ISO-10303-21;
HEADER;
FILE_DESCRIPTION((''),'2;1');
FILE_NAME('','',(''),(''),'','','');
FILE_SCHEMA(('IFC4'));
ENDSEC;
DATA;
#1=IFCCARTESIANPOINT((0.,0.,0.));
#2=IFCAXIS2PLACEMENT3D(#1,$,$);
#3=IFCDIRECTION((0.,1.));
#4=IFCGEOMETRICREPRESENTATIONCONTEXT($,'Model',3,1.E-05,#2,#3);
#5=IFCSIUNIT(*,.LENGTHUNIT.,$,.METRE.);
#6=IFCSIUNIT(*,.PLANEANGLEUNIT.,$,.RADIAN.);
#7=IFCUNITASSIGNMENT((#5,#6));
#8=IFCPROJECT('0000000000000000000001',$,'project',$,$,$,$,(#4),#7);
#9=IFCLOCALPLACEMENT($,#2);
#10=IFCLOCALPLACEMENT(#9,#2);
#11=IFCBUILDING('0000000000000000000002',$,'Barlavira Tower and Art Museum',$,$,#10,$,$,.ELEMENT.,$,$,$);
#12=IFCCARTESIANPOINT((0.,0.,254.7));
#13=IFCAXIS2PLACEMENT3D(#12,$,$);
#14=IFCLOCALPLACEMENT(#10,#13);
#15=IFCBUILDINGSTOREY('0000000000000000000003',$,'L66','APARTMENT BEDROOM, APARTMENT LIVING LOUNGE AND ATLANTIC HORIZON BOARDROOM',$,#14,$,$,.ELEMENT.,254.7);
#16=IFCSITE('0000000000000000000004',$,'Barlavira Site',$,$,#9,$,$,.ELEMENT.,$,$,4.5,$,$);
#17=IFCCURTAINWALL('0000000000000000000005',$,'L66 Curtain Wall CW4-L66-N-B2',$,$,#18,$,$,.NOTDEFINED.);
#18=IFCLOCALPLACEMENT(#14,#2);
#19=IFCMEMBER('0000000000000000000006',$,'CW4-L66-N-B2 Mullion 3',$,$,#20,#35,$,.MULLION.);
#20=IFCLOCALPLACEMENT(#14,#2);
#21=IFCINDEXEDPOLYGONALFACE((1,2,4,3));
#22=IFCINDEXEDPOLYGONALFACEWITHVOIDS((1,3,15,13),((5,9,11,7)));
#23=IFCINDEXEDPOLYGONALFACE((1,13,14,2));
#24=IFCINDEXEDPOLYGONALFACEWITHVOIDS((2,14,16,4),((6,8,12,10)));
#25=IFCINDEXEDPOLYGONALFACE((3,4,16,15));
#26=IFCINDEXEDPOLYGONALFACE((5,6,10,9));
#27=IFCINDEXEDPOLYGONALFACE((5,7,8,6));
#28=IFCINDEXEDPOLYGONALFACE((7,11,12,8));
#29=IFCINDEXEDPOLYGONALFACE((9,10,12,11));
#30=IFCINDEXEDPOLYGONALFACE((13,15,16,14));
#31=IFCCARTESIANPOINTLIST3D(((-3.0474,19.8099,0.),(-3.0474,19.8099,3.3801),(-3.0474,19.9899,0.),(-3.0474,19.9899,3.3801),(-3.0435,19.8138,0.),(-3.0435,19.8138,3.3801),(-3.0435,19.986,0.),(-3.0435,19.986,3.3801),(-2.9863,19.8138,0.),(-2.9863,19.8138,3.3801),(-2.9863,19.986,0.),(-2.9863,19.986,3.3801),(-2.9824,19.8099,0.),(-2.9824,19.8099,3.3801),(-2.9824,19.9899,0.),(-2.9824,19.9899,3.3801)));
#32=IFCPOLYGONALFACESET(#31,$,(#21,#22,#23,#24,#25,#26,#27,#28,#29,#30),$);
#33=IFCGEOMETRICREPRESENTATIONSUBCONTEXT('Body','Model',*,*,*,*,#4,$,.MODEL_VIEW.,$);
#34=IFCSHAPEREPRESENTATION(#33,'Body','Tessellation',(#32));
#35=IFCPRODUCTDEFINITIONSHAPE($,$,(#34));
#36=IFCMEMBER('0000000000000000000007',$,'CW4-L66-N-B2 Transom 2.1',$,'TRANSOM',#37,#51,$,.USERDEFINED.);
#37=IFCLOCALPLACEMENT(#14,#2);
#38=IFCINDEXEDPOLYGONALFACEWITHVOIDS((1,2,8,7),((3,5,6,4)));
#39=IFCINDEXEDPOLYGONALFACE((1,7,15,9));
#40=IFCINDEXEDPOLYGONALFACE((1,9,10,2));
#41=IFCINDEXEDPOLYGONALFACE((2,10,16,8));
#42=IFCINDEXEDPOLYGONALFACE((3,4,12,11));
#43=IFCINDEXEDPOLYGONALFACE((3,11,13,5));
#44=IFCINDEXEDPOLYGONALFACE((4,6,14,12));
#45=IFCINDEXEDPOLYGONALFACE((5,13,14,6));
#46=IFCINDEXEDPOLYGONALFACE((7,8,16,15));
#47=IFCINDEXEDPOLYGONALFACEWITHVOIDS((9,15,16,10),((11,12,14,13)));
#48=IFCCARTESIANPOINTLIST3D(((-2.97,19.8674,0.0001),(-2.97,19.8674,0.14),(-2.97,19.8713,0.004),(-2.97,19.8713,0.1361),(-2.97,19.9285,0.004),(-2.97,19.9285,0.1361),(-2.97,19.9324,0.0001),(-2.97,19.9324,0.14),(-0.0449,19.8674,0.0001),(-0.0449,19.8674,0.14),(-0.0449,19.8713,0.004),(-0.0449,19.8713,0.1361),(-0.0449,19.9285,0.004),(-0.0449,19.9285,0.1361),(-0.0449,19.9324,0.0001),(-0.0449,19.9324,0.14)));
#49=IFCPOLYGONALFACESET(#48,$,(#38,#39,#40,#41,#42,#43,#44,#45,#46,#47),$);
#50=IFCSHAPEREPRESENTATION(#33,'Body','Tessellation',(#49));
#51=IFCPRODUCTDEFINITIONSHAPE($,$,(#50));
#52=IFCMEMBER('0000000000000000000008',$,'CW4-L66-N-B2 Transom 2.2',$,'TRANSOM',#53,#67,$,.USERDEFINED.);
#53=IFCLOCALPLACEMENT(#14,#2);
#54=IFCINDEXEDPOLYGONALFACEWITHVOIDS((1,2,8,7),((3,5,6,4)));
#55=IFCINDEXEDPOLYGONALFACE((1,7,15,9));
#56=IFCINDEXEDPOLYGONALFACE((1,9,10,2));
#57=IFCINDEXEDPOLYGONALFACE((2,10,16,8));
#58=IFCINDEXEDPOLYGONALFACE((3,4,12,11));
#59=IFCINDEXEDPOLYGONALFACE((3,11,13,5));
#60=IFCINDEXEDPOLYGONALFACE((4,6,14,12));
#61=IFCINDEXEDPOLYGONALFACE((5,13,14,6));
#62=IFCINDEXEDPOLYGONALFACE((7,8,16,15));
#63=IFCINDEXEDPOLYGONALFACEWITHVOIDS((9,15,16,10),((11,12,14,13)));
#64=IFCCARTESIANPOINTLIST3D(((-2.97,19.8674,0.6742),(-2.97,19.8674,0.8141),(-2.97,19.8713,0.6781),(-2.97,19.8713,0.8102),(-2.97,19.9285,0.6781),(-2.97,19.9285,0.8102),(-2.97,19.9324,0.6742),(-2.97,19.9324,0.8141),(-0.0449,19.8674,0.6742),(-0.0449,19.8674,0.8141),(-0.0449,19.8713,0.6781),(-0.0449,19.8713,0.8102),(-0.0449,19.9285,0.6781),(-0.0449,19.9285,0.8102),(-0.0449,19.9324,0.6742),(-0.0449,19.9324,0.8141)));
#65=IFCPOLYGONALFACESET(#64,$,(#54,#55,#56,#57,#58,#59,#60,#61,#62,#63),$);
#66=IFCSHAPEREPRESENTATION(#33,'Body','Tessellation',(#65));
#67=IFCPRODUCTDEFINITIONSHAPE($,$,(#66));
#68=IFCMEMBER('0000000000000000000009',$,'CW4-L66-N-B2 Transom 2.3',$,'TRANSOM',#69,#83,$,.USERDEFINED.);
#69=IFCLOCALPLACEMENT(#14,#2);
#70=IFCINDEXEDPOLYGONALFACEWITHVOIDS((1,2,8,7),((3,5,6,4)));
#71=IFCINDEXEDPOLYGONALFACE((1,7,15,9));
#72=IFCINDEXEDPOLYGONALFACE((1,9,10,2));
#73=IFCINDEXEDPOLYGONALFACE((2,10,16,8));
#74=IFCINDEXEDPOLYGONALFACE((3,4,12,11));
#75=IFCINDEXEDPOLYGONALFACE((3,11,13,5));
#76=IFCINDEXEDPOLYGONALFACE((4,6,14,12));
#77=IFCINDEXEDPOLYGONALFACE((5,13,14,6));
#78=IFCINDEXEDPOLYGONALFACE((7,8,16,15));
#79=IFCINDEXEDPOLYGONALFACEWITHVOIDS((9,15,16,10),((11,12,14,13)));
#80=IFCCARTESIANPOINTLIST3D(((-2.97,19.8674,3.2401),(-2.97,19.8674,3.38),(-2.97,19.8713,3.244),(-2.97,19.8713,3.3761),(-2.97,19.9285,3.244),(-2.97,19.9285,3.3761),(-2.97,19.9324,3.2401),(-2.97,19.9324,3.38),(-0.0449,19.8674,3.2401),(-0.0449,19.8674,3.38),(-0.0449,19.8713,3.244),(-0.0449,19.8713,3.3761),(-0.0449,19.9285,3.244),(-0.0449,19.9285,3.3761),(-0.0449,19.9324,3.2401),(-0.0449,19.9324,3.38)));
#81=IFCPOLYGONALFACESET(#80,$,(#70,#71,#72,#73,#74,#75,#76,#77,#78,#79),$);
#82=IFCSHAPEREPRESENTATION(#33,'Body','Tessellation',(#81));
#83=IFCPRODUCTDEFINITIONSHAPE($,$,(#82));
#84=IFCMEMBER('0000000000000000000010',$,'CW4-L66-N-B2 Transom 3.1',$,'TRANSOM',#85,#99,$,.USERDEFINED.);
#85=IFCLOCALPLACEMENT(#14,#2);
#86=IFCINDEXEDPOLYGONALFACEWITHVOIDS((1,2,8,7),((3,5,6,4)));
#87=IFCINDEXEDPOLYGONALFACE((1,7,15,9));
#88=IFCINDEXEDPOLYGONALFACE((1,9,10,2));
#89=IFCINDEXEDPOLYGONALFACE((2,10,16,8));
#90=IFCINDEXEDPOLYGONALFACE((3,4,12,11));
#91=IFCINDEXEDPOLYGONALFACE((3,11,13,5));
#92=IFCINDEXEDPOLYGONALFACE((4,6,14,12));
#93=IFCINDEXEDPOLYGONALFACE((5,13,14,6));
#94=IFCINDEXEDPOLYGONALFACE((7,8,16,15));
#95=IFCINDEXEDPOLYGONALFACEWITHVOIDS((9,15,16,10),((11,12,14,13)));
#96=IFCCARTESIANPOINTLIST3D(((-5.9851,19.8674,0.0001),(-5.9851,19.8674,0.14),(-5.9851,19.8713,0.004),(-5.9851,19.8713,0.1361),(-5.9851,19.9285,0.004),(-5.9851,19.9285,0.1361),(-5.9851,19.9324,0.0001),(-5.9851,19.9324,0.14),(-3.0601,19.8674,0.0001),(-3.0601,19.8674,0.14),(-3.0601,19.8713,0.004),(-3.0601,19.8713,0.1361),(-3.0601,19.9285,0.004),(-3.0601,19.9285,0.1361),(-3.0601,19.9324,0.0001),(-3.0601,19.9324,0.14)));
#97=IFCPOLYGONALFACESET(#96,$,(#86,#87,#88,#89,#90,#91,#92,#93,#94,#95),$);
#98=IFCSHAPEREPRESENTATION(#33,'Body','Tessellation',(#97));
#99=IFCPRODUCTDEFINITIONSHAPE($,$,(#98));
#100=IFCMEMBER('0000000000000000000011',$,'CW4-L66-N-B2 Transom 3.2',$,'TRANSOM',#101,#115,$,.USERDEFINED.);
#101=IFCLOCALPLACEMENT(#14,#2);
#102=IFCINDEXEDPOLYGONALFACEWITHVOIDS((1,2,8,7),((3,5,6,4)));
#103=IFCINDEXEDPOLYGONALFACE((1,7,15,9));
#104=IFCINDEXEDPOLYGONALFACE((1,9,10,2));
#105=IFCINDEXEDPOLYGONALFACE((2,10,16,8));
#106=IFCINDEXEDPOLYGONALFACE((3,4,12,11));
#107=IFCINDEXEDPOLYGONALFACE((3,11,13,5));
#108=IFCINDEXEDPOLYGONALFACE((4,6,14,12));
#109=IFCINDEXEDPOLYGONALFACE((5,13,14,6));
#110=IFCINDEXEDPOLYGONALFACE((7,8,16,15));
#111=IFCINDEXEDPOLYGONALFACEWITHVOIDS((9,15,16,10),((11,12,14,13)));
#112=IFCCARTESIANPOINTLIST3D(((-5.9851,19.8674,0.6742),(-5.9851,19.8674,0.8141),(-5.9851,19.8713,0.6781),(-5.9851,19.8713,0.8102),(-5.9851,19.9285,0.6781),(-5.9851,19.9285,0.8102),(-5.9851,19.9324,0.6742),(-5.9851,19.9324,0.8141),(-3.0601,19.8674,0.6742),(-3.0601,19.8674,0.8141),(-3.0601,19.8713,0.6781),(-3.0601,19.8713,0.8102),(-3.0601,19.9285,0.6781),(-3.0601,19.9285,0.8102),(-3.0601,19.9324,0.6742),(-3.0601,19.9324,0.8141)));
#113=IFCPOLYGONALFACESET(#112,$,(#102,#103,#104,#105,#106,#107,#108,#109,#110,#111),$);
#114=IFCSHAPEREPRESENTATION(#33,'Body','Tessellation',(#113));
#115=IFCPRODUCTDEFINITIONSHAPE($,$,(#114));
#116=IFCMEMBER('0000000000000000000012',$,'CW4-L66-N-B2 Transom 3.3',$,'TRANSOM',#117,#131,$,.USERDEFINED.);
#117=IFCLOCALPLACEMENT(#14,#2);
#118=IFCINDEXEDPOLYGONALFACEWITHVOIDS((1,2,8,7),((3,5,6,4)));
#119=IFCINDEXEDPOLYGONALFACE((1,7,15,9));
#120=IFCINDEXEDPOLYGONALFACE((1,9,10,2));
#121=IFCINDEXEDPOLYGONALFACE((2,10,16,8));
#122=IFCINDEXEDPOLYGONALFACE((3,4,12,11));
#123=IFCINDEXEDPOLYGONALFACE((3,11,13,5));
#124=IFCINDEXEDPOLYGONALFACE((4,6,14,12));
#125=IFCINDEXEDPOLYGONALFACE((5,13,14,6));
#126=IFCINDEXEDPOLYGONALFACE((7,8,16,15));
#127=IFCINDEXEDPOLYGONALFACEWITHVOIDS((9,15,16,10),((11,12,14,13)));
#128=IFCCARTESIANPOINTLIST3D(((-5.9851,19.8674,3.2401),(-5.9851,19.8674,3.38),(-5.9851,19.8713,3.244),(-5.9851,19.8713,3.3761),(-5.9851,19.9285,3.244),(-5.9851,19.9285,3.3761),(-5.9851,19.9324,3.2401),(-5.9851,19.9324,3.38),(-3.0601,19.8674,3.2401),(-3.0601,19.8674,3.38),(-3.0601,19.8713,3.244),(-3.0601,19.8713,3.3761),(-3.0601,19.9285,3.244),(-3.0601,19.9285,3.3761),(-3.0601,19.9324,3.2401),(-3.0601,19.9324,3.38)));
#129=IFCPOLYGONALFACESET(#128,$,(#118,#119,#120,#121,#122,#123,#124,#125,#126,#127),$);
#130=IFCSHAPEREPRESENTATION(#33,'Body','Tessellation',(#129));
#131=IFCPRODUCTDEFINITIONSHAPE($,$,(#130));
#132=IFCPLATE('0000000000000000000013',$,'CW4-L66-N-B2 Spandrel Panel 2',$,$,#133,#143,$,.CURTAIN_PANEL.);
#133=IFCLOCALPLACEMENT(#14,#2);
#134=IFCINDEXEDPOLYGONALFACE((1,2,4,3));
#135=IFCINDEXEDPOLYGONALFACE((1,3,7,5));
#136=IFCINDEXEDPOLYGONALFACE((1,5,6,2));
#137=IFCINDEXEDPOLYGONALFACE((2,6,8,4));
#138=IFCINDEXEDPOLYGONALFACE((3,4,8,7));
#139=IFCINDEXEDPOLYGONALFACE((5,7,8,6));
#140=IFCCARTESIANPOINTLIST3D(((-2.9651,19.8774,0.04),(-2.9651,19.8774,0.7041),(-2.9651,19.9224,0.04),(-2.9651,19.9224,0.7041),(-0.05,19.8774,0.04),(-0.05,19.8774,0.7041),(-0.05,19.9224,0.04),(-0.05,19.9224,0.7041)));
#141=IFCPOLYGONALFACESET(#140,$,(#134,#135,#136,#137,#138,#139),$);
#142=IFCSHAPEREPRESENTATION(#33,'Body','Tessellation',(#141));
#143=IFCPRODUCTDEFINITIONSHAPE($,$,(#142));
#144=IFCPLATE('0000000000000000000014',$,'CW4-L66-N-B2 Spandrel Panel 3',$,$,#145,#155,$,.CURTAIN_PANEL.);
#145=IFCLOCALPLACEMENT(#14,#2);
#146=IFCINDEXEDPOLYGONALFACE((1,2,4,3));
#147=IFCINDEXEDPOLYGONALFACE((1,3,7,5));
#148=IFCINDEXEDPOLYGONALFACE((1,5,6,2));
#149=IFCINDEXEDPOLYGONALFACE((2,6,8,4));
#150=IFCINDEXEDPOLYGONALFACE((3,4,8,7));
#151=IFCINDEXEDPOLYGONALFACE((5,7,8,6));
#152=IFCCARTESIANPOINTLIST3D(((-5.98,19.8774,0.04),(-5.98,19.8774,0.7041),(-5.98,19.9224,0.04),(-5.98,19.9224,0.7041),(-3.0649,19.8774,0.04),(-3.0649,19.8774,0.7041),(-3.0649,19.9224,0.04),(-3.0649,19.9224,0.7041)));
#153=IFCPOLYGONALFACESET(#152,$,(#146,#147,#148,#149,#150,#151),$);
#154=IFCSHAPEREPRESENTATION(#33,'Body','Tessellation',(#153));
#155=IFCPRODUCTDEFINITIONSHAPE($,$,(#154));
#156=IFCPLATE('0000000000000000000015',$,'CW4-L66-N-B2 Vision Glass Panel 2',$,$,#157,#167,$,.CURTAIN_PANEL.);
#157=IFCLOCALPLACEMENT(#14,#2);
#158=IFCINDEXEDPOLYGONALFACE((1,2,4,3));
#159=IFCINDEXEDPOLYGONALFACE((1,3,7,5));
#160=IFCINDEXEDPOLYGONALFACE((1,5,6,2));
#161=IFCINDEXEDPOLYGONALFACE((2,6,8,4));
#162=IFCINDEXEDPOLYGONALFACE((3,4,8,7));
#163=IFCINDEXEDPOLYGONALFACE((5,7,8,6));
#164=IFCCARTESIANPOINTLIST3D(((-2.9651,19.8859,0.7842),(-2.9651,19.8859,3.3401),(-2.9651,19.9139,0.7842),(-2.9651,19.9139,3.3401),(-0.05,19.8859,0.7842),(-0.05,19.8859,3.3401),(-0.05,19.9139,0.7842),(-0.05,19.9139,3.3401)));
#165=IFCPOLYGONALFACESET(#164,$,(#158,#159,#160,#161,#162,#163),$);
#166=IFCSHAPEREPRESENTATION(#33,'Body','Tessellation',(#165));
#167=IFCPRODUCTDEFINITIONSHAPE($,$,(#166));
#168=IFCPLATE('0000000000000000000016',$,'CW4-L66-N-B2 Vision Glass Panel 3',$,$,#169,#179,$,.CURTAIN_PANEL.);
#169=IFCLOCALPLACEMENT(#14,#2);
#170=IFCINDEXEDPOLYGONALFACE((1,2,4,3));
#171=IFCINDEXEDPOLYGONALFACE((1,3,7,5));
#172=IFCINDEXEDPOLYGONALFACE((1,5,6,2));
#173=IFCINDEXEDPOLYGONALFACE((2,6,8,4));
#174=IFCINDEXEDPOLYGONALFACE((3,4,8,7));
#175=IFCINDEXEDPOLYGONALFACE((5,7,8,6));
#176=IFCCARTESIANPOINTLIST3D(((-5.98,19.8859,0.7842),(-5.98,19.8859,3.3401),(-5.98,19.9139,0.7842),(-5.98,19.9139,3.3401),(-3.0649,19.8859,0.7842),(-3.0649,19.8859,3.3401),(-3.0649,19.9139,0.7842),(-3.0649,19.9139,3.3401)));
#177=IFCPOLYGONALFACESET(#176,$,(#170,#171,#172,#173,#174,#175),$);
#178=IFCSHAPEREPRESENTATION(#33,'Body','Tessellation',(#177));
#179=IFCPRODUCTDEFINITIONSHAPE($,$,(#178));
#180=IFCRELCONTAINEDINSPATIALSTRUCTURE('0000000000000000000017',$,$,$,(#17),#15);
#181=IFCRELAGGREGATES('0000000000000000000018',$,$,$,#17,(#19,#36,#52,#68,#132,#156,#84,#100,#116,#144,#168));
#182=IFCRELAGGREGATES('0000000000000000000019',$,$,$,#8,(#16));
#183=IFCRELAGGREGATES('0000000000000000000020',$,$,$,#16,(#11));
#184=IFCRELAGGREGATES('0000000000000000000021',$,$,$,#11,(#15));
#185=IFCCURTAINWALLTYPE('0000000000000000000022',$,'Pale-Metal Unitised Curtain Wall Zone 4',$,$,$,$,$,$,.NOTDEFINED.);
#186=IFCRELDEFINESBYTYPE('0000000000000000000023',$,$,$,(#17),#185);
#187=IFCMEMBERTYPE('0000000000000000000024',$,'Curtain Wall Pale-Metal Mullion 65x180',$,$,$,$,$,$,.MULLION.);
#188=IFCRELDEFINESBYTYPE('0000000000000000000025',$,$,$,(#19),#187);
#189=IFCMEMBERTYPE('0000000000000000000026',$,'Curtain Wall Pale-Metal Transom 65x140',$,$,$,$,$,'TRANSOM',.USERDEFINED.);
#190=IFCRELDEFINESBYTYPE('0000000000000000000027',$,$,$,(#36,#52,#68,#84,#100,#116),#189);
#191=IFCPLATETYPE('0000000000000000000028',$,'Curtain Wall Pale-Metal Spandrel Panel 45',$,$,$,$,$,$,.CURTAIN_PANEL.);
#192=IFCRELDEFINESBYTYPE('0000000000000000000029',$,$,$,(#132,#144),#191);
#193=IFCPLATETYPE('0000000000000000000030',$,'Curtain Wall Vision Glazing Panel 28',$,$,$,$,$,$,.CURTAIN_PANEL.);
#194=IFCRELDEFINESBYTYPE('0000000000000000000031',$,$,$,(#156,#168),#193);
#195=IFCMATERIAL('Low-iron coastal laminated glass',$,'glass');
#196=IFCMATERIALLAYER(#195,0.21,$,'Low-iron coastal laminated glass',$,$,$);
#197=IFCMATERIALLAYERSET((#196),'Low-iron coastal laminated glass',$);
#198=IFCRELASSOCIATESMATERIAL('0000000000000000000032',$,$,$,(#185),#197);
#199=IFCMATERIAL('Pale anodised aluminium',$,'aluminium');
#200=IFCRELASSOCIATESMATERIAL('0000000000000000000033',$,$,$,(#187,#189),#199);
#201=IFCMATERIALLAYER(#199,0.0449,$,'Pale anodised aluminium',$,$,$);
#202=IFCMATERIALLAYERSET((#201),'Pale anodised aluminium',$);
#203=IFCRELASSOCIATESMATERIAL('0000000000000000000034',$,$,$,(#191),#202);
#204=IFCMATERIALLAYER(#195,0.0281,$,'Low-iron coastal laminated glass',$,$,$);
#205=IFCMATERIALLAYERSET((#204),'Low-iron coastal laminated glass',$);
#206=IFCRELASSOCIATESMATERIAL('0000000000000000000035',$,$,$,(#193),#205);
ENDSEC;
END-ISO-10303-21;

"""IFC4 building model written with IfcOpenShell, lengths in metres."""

from ifc_helpers import new_model, si_unit, direction, frame, origin, origin_2d, place, context, subcontext, project, spatial, rectangle, hollow_rectangle, extrude, material, layer, layer_set, material_profile, profile_set, type_object, element, aggregate, save


model = new_model("IFC4")

# Units and contexts
model_context = context("Model", 3, precision=1e-05, world=origin(), true_north=direction((0.0, 1.0)))
body_context = subcontext(model_context, "Body", "Model", "MODEL_VIEW")
ifc_project = project(units=[si_unit("LENGTHUNIT", "METRE"), si_unit("PLANEANGLEUNIT", "RADIAN")], contexts=[model_context])

# Site, building, storey
site_placement = place(None, origin())
site = spatial("IfcSite", under=ifc_project, at=site_placement, Name="Barlavira Site", CompositionType="ELEMENT", RefElevation=4.5)
building_placement = place(site_placement, origin())
building = spatial("IfcBuilding", under=site, at=building_placement, Name="Barlavira Tower and Art Museum", CompositionType="ELEMENT")
storey_placement = place(building_placement, frame((0.0, 0.0, 254.7)))
storey = spatial("IfcBuildingStorey", under=building, at=storey_placement, Name="L66", Description="APARTMENT BEDROOM, APARTMENT LIVING LOUNGE AND ATLANTIC HORIZON BOARDROOM", CompositionType="ELEMENT", Elevation=254.7)

# Curtain wall, members, plates
ifc_material_1 = material(Name="Low-iron coastal laminated glass", Category="glass")
ifc_layer_1 = layer(ifc_material_1, 0.21, Name="Low-iron coastal laminated glass")
ifc_layer_set_1 = layer_set([ifc_layer_1], Name="Low-iron coastal laminated glass")
curtain_wall_type = type_object("IfcCurtainWallType", Name="Pale-Metal Unitised Curtain Wall Zone 4", PredefinedType="NOTDEFINED", material=ifc_layer_set_1)
curtain_wall_placement = place(storey_placement, origin())
curtain_wall = element("IfcCurtainWall", 1, at=curtain_wall_placement, inside=storey, type_object=curtain_wall_type, Name="L66 Curtain Wall CW4-L66-N-B2", PredefinedType="NOTDEFINED")
ifc_material_2 = material(Name="Pale anodised aluminium", Category="aluminium")
ifc_material_profile_1 = material_profile(ifc_material_2, hollow_rectangle(XDim=0.0649, YDim=0.1799, WallThickness=0.0039, at=origin_2d()), Name="ALU-MULL 65x180x4")
ifc_profile_set_1 = profile_set([ifc_material_profile_1], Name="Pale anodised aluminium")
member_type_1 = type_object("IfcMemberType", Name="Curtain Wall Pale-Metal Mullion 65x180", PredefinedType="MULLION", material=ifc_profile_set_1)
member_1_placement = place(storey_placement, frame((-3.0149, 19.8999, 0.0), z_axis=(0.0, 0.0, 1.0), x_axis=(-1.0, 0.0, 0.0)))
member_1 = element("IfcMember", 2, at=member_1_placement, type_object=member_type_1, Name="CW4-L66-N-B2 Mullion 3", PredefinedType="MULLION", context=body_context, shape_type="SweptSolid", body=[
    extrude(hollow_rectangle(XDim=0.0649, YDim=0.1799, WallThickness=0.0039, at=origin_2d()), origin(), (0.0, 0.0, 1.0), 3.3801),
])
ifc_material_profile_2 = material_profile(ifc_material_2, hollow_rectangle(XDim=0.0649, YDim=0.1399, WallThickness=0.0039, at=origin_2d()), Name="ALU-TRAN 65x140x4")
ifc_profile_set_2 = profile_set([ifc_material_profile_2], Name="Pale anodised aluminium")
member_type_2 = type_object("IfcMemberType", Name="Curtain Wall Pale-Metal Transom 65x140", ElementType="TRANSOM", PredefinedType="USERDEFINED", material=ifc_profile_set_2)
member_2_placement = place(storey_placement, frame((-0.0449, 19.8999, 0.0701), z_axis=(-1.0, 0.0, 0.0), x_axis=(0.0, -1.0, 0.0)))
member_2 = element("IfcMember", 3, at=member_2_placement, type_object=member_type_2, Name="CW4-L66-N-B2 Transom 2.1", ObjectType="TRANSOM", PredefinedType="USERDEFINED", context=body_context, shape_type="SweptSolid", body=[
    extrude(hollow_rectangle(XDim=0.0649, YDim=0.1399, WallThickness=0.0039, at=origin_2d()), origin(), (0.0, 0.0, 1.0), 2.925),
])
member_3_placement = place(storey_placement, frame((-0.0449, 19.8999, 0.7441), z_axis=(-1.0, 0.0, 0.0), x_axis=(0.0, -1.0, 0.0)))
member_3 = element("IfcMember", 4, at=member_3_placement, type_object=member_type_2, Name="CW4-L66-N-B2 Transom 2.2", ObjectType="TRANSOM", PredefinedType="USERDEFINED", context=body_context, shape_type="SweptSolid", body=[
    extrude(hollow_rectangle(XDim=0.0649, YDim=0.1399, WallThickness=0.0039, at=origin_2d()), origin(), (0.0, 0.0, 1.0), 2.925),
])
member_4_placement = place(storey_placement, frame((-0.0449, 19.8999, 3.3101), z_axis=(-1.0, 0.0, 0.0), x_axis=(0.0, -1.0, 0.0)))
member_4 = element("IfcMember", 5, at=member_4_placement, type_object=member_type_2, Name="CW4-L66-N-B2 Transom 2.3", ObjectType="TRANSOM", PredefinedType="USERDEFINED", context=body_context, shape_type="SweptSolid", body=[
    extrude(hollow_rectangle(XDim=0.0649, YDim=0.1399, WallThickness=0.0039, at=origin_2d()), origin(), (0.0, 0.0, 1.0), 2.925),
])
member_5_placement = place(storey_placement, frame((-3.0601, 19.8999, 0.0701), z_axis=(-1.0, 0.0, 0.0), x_axis=(0.0, -1.0, 0.0)))
member_5 = element("IfcMember", 6, at=member_5_placement, type_object=member_type_2, Name="CW4-L66-N-B2 Transom 3.1", ObjectType="TRANSOM", PredefinedType="USERDEFINED", context=body_context, shape_type="SweptSolid", body=[
    extrude(hollow_rectangle(XDim=0.0649, YDim=0.1399, WallThickness=0.0039, at=origin_2d()), origin(), (0.0, 0.0, 1.0), 2.925),
])
member_6_placement = place(storey_placement, frame((-3.0601, 19.8999, 0.7441), z_axis=(-1.0, 0.0, 0.0), x_axis=(0.0, -1.0, 0.0)))
member_6 = element("IfcMember", 7, at=member_6_placement, type_object=member_type_2, Name="CW4-L66-N-B2 Transom 3.2", ObjectType="TRANSOM", PredefinedType="USERDEFINED", context=body_context, shape_type="SweptSolid", body=[
    extrude(hollow_rectangle(XDim=0.0649, YDim=0.1399, WallThickness=0.0039, at=origin_2d()), origin(), (0.0, 0.0, 1.0), 2.925),
])
member_7_placement = place(storey_placement, frame((-3.0601, 19.8999, 3.3101), z_axis=(-1.0, 0.0, 0.0), x_axis=(0.0, -1.0, 0.0)))
member_7 = element("IfcMember", 8, at=member_7_placement, type_object=member_type_2, Name="CW4-L66-N-B2 Transom 3.3", ObjectType="TRANSOM", PredefinedType="USERDEFINED", context=body_context, shape_type="SweptSolid", body=[
    extrude(hollow_rectangle(XDim=0.0649, YDim=0.1399, WallThickness=0.0039, at=origin_2d()), origin(), (0.0, 0.0, 1.0), 2.925),
])
ifc_layer_2 = layer(ifc_material_2, 0.0449, Name="Pale anodised aluminium")
ifc_layer_set_2 = layer_set([ifc_layer_2], Name="Pale anodised aluminium")
plate_type_1 = type_object("IfcPlateType", Name="Curtain Wall Pale-Metal Spandrel Panel 45", PredefinedType="CURTAIN_PANEL", material=ifc_layer_set_2)
plate_1_placement = place(storey_placement, frame((-1.5076, 19.8999, 0.04), z_axis=(0.0, 0.0, 1.0), x_axis=(-1.0, 0.0, 0.0)))
plate_1 = element("IfcPlate", 9, at=plate_1_placement, type_object=plate_type_1, Name="CW4-L66-N-B2 Spandrel Panel 2", PredefinedType="CURTAIN_PANEL", context=body_context, shape_type="SweptSolid", body=[
    extrude(rectangle(XDim=2.915, YDim=0.0449, at=origin_2d()), origin(), (0.0, 0.0, 1.0), 0.6641),
])
plate_2_placement = place(storey_placement, frame((-4.5225, 19.8999, 0.04), z_axis=(0.0, 0.0, 1.0), x_axis=(-1.0, 0.0, 0.0)))
plate_2 = element("IfcPlate", 10, at=plate_2_placement, type_object=plate_type_1, Name="CW4-L66-N-B2 Spandrel Panel 3", PredefinedType="CURTAIN_PANEL", context=body_context, shape_type="SweptSolid", body=[
    extrude(rectangle(XDim=2.915, YDim=0.0449, at=origin_2d()), origin(), (0.0, 0.0, 1.0), 0.6641),
])
ifc_layer_3 = layer(ifc_material_1, 0.0281, Name="Low-iron coastal laminated glass")
ifc_layer_set_3 = layer_set([ifc_layer_3], Name="Low-iron coastal laminated glass")
plate_type_2 = type_object("IfcPlateType", Name="Curtain Wall Vision Glazing Panel 28", PredefinedType="CURTAIN_PANEL", material=ifc_layer_set_3)
plate_3_placement = place(storey_placement, frame((-1.5076, 19.8999, 0.7842), z_axis=(0.0, 0.0, 1.0), x_axis=(-1.0, 0.0, 0.0)))
plate_3 = element("IfcPlate", 11, at=plate_3_placement, type_object=plate_type_2, Name="CW4-L66-N-B2 Vision Glass Panel 2", PredefinedType="CURTAIN_PANEL", context=body_context, shape_type="SweptSolid", body=[
    extrude(rectangle(XDim=2.915, YDim=0.0281, at=origin_2d()), origin(), (0.0, 0.0, 1.0), 2.5559),
])
plate_4_placement = place(storey_placement, frame((-4.5225, 19.8999, 0.7842), z_axis=(0.0, 0.0, 1.0), x_axis=(-1.0, 0.0, 0.0)))
plate_4 = element("IfcPlate", 12, at=plate_4_placement, type_object=plate_type_2, Name="CW4-L66-N-B2 Vision Glass Panel 3", PredefinedType="CURTAIN_PANEL", context=body_context, shape_type="SweptSolid", body=[
    extrude(rectangle(XDim=2.915, YDim=0.0281, at=origin_2d()), origin(), (0.0, 0.0, 1.0), 2.5559),
])
aggregate(curtain_wall, [member_1, member_2, member_3, member_4, plate_1, plate_3, member_5, member_6, member_7, plate_2, plate_4])

save(model, "model.ifc")
